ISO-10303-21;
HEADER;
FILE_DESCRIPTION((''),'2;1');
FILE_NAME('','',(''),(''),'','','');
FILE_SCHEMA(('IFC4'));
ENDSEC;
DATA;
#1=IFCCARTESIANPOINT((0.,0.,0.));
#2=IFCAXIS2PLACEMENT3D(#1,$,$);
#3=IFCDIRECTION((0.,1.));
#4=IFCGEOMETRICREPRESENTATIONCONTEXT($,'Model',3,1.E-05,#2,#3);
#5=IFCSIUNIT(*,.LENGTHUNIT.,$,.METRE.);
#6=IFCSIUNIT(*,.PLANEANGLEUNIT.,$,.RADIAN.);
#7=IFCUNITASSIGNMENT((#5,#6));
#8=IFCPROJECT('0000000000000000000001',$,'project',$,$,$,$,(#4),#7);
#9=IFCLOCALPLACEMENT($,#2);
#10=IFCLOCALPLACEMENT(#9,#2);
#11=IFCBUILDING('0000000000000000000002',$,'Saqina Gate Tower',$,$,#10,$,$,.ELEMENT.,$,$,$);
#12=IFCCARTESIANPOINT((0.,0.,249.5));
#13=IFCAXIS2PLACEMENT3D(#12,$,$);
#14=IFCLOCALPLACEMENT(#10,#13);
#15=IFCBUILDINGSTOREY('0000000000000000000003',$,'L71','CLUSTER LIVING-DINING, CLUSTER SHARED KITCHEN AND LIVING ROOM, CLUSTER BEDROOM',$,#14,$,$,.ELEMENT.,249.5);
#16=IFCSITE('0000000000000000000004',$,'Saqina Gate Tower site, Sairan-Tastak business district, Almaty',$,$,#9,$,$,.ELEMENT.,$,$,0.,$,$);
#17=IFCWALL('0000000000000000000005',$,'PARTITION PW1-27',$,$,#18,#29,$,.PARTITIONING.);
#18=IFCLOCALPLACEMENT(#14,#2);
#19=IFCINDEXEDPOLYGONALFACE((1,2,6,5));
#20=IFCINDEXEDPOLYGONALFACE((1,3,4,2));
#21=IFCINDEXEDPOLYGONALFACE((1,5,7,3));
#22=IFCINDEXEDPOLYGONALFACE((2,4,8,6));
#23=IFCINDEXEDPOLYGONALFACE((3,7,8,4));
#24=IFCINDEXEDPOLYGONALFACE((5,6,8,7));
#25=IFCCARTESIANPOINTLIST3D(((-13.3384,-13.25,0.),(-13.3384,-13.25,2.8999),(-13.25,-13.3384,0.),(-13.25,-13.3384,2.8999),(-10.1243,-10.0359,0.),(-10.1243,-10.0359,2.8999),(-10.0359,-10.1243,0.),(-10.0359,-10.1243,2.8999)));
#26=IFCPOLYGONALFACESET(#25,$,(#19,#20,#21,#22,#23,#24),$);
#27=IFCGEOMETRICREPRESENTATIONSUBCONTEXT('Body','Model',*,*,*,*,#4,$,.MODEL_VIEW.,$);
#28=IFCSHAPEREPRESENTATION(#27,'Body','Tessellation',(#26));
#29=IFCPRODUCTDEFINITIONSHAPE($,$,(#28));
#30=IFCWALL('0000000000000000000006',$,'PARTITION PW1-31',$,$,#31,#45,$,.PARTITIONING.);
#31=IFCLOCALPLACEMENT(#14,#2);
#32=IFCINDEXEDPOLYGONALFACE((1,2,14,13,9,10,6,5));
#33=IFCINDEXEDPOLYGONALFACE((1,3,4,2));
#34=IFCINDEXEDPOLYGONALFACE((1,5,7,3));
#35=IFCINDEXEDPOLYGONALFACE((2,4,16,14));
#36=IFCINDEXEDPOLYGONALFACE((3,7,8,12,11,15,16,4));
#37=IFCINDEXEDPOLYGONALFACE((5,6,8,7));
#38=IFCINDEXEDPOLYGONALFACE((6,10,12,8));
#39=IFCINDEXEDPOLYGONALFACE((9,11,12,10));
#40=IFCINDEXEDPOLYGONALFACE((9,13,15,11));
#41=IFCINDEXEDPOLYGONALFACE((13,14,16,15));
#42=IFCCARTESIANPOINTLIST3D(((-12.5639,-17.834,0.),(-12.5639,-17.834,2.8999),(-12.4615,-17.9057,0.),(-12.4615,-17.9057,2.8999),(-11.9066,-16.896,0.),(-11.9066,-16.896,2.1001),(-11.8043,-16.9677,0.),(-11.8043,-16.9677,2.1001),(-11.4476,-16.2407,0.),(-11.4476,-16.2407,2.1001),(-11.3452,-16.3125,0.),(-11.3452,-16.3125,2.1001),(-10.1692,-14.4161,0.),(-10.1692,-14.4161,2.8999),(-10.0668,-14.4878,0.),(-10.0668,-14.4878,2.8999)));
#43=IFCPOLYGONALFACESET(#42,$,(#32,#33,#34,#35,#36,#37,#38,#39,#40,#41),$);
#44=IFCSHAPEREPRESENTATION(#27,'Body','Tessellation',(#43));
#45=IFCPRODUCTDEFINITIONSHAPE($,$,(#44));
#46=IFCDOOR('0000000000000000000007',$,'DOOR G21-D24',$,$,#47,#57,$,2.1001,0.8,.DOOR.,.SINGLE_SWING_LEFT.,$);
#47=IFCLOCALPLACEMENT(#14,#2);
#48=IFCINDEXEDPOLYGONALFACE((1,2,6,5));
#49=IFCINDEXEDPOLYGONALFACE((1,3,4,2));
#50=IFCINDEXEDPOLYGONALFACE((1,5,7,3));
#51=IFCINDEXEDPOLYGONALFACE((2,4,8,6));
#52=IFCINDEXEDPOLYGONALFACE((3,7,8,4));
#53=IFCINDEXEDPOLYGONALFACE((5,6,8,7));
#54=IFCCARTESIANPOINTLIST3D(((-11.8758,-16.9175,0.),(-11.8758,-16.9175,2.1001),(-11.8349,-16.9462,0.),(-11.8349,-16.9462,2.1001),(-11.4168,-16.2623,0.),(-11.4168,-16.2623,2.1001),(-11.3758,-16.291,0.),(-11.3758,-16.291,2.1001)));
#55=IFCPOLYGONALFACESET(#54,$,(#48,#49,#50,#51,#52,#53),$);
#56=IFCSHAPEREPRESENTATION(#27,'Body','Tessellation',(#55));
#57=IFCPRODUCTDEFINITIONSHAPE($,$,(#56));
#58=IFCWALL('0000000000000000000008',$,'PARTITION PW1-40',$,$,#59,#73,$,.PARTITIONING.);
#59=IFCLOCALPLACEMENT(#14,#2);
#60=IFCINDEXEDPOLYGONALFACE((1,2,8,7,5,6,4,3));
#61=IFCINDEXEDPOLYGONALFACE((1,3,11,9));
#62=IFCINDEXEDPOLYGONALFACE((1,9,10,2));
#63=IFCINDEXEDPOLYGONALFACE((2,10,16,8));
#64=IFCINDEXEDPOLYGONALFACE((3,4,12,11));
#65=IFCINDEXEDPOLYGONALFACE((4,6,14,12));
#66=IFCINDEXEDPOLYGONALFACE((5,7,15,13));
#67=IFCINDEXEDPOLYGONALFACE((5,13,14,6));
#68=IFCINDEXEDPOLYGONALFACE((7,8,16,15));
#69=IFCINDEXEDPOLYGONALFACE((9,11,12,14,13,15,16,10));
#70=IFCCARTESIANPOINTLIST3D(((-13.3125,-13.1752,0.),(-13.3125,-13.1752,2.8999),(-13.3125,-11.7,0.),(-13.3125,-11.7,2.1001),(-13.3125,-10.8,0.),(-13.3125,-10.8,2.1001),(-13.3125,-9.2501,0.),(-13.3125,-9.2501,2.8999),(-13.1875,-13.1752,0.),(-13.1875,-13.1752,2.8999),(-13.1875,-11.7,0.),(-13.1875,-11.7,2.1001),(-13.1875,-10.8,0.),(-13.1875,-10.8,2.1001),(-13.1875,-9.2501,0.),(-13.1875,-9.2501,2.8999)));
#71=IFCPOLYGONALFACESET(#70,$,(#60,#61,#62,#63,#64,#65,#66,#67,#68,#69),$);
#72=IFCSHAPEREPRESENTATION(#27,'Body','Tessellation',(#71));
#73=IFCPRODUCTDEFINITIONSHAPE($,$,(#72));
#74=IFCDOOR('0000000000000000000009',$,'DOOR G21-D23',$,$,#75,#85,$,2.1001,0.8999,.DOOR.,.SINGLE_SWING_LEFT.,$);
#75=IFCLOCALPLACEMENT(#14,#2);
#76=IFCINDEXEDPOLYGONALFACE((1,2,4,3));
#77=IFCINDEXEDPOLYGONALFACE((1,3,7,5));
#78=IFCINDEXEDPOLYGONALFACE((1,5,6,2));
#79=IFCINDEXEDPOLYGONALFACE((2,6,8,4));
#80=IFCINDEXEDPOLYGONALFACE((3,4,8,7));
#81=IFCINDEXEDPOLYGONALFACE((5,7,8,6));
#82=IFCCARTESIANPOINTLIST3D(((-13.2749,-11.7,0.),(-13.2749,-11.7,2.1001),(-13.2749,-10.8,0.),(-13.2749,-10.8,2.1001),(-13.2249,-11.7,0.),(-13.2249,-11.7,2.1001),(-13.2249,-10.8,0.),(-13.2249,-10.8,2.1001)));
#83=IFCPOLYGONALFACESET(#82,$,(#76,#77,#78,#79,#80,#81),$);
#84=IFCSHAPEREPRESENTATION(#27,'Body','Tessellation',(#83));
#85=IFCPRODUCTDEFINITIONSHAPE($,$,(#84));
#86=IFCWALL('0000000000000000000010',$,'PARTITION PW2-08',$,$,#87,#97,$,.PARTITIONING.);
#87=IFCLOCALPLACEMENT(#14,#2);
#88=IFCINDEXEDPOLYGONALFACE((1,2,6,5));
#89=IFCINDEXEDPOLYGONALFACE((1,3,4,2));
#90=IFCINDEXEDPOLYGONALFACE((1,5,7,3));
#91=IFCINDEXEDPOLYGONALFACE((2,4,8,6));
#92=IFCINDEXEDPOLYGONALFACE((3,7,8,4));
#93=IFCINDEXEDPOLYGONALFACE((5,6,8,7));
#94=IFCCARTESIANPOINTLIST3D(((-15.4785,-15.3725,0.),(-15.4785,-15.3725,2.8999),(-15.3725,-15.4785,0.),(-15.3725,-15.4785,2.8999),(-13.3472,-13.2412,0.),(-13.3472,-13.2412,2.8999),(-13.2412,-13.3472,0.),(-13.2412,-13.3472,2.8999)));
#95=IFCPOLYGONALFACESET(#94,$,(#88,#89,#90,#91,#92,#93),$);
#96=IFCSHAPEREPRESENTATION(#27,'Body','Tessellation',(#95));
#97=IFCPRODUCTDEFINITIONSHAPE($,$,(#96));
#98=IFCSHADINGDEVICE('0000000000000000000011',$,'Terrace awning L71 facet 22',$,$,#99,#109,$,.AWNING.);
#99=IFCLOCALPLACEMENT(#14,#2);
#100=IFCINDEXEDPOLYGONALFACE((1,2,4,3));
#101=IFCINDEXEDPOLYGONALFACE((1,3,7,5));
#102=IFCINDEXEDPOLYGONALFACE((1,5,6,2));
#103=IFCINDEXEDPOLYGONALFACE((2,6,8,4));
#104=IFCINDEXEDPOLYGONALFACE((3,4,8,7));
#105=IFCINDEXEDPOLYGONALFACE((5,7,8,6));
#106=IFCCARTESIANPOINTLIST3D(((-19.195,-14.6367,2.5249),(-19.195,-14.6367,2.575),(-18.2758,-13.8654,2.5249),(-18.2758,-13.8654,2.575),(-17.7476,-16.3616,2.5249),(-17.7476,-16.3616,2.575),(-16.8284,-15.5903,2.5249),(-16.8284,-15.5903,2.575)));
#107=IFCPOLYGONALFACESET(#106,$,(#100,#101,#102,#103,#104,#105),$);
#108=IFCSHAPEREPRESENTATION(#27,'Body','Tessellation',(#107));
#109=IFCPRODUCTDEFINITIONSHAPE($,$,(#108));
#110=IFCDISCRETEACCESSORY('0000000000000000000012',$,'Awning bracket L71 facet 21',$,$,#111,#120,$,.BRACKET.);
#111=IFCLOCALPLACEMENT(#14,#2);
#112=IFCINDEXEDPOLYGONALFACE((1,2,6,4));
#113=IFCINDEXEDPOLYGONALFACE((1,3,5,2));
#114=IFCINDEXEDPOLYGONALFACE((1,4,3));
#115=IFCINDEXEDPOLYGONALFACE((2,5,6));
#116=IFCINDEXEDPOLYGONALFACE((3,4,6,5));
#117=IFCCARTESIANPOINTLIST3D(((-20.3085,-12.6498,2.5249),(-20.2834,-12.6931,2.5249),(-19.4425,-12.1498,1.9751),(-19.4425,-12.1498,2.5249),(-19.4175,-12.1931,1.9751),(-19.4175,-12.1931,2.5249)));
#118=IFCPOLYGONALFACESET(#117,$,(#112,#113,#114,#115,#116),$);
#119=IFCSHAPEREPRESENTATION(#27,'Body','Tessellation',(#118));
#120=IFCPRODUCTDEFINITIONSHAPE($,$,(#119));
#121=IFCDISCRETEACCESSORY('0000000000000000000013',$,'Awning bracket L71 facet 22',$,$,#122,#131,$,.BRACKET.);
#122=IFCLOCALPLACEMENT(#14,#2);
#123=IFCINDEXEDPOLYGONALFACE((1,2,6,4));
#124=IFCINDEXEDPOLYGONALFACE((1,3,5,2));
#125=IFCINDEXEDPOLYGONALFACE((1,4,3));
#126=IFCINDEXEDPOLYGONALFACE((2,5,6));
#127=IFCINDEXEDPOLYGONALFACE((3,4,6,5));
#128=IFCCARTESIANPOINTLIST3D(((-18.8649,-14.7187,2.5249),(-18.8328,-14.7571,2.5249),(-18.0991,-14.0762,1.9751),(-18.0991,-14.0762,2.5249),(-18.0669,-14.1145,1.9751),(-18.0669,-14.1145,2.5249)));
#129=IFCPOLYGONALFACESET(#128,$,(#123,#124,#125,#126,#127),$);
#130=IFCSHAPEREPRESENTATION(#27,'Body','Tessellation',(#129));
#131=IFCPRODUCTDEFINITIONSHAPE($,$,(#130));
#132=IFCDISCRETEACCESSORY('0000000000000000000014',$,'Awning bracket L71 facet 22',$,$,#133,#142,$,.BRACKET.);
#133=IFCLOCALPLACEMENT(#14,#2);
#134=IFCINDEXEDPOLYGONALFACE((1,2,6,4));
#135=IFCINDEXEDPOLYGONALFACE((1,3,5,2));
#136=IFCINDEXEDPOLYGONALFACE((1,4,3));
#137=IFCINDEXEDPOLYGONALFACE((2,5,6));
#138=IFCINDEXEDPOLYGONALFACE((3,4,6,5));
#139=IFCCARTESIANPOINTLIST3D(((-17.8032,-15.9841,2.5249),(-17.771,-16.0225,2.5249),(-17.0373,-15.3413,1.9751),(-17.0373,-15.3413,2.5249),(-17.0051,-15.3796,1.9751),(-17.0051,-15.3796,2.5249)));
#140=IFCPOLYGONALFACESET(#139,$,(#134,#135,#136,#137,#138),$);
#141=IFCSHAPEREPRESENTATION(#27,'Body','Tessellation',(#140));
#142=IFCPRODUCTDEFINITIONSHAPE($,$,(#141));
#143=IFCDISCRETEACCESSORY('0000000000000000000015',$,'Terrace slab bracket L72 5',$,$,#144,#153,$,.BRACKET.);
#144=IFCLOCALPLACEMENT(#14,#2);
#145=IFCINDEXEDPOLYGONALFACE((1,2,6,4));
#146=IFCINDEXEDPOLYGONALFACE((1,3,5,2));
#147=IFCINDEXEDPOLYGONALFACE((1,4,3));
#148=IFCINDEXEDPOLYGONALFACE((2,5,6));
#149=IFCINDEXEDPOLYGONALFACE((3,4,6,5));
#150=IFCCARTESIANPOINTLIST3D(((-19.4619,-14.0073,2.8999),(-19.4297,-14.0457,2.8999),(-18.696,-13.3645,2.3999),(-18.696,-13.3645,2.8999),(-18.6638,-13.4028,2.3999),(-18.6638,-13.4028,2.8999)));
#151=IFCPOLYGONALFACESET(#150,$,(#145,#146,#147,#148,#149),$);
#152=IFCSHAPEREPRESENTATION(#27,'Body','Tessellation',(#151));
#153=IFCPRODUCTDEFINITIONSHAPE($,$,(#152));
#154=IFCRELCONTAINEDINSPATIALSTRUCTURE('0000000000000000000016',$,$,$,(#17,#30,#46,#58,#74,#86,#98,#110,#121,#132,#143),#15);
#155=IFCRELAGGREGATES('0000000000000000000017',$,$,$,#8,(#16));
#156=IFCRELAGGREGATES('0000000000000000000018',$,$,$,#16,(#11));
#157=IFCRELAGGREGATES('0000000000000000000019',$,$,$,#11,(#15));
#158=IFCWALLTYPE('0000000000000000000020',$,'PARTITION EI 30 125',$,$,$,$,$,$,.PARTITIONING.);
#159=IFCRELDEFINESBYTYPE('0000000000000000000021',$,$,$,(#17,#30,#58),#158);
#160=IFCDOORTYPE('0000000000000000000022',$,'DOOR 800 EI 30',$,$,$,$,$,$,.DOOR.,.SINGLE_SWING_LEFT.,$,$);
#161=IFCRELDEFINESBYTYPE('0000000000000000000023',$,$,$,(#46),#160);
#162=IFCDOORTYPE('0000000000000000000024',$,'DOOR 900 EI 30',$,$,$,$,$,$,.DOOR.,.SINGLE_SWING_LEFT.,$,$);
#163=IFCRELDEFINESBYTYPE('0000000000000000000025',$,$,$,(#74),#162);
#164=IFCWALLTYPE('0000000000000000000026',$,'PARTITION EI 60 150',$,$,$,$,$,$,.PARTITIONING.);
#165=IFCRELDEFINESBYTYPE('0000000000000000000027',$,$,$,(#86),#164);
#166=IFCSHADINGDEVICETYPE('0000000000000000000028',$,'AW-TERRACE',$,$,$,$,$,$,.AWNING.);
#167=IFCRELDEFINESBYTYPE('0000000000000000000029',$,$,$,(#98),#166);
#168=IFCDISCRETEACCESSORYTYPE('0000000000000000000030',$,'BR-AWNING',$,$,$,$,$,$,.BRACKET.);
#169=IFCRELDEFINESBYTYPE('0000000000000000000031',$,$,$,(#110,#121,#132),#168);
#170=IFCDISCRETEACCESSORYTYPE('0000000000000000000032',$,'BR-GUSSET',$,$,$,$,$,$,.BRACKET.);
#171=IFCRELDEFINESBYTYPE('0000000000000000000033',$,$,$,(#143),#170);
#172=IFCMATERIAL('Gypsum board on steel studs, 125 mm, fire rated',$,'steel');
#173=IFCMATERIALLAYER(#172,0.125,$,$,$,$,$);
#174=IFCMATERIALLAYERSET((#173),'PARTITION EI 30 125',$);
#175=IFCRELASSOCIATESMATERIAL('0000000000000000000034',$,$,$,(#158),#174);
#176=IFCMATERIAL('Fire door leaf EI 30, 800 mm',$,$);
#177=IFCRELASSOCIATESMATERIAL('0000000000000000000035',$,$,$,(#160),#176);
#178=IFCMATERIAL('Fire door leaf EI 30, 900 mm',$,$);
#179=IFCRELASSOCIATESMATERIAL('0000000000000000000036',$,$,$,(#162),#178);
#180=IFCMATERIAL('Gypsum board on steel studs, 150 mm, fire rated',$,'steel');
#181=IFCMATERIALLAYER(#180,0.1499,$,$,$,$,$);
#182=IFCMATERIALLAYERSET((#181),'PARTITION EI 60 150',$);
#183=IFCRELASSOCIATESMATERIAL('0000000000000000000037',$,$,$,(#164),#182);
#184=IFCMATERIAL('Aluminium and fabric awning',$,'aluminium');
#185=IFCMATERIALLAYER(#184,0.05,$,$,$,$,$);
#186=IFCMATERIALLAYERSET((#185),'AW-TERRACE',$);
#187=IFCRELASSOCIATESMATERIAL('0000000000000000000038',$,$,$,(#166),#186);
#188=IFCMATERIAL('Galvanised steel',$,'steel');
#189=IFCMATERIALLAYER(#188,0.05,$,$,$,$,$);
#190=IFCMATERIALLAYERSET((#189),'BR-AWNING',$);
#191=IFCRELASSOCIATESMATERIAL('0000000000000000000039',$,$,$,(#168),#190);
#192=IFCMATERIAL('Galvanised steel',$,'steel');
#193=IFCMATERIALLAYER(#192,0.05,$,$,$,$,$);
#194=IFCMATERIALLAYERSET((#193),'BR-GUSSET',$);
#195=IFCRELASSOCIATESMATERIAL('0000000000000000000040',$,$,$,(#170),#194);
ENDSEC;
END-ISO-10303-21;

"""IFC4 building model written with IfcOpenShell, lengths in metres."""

from ifc_helpers import new_model, si_unit, direction, frame, frame_2d, origin, origin_2d, place, context, subcontext, project, spatial, polyline, rectangle, outline, extrude, material, layer, layer_set, type_object, element, fill, save


model = new_model("IFC4")

# Units and contexts
model_context = context("Model", 3, precision=1e-05, world=origin(), true_north=direction((0.0, 1.0)))
body_context = subcontext(model_context, "Body", "Model", "MODEL_VIEW")
ifc_project = project(units=[si_unit("LENGTHUNIT", "METRE"), si_unit("PLANEANGLEUNIT", "RADIAN")], contexts=[model_context])

# Site, building, storey
site_placement = place(None, origin())
site = spatial("IfcSite", under=ifc_project, at=site_placement, Name="Saqina Gate Tower site, Sairan-Tastak business district, Almaty", CompositionType="ELEMENT", RefElevation=0.0)
building_placement = place(site_placement, origin())
building = spatial("IfcBuilding", under=site, at=building_placement, Name="Saqina Gate Tower", CompositionType="ELEMENT")
storey_placement = place(building_placement, frame((0.0, 0.0, 249.5)))
storey = spatial("IfcBuildingStorey", under=building, at=storey_placement, Name="L71", Description="CLUSTER LIVING-DINING, CLUSTER SHARED KITCHEN AND LIVING ROOM, CLUSTER BEDROOM", CompositionType="ELEMENT", Elevation=249.5)

# Wall
ifc_material_1 = material(Name="Gypsum board on steel studs, 125 mm, fire rated", Category="steel")
ifc_layer_1 = layer(ifc_material_1, 0.125)
ifc_layer_set_1 = layer_set([ifc_layer_1], Name="PARTITION EI 30 125")
wall_type_1 = type_object("IfcWallType", Name="PARTITION EI 30 125", PredefinedType="PARTITIONING", material=ifc_layer_set_1)
wall_1_placement = place(storey_placement, frame((-13.2942, -13.2942, 0.0), z_axis=(0.0, 0.0, 1.0), x_axis=(0.707107, 0.707107, 0.0)))
element("IfcWall", 1, at=wall_1_placement, inside=storey, type_object=wall_type_1, Name="PARTITION PW1-27", PredefinedType="PARTITIONING", context=body_context, shape_type="SweptSolid", body=[
    extrude(rectangle(XDim=4.5454, YDim=0.125, at=frame_2d((2.2727, 0.0))), origin(), (0.0, 0.0, 1.0), 2.8999),
])

# Walls, openings, doors
wall_2_placement = place(storey_placement, frame((-12.5127, -17.8699, 0.0), z_axis=(0.0, 0.0, 1.0), x_axis=(0.573816, 0.818985, 0.0)))
wall_2 = element("IfcWall", 2, at=wall_2_placement, inside=storey, type_object=wall_type_1, Name="PARTITION PW1-31", PredefinedType="PARTITIONING", context=body_context, shape_type="SweptSolid", body=[
    extrude(rectangle(XDim=4.1733, YDim=0.125, at=frame_2d((2.0867, 0.0))), origin(), (0.0, 0.0, 1.0), 2.8999),
])
opening_1_placement = place(wall_2_placement, frame((1.1455, 0.0, 0.0)))
opening_1 = element("IfcOpeningElement", 3, at=opening_1_placement, cuts=wall_2, PredefinedType="OPENING", context=body_context, shape_type="SweptSolid", body=[
    extrude(rectangle(XDim=0.8, YDim=2.1001, at=frame_2d((0.3999, 1.05))), frame((0.0, 0.0745, 0.0), z_axis=(0.0, -1.0, 0.0), x_axis=(1.0, 0.0, 0.0)), (0.0, 0.0, 1.0), 0.1489),
])
ifc_material_2 = material(Name="Fire door leaf EI 30, 800 mm")
door_type_1 = type_object("IfcDoorType", Name="DOOR 800 EI 30", OperationType="SINGLE_SWING_LEFT", PredefinedType="DOOR", material=ifc_material_2)
door_1_placement = place(opening_1_placement, origin())
door_1 = element("IfcDoor", 4, at=door_1_placement, inside=storey, type_object=door_type_1, Name="DOOR G21-D24", OperationType="SINGLE_SWING_LEFT", OverallHeight=2.1001, OverallWidth=0.8, PredefinedType="DOOR", context=body_context, shape_type="SweptSolid", body=[
    extrude(rectangle(XDim=0.8, YDim=2.1001, at=frame_2d((0.3999, 1.05))), frame((0.0, 0.0249, 0.0), z_axis=(0.0, -1.0, 0.0), x_axis=(1.0, 0.0, 0.0)), (0.0, 0.0, 1.0), 0.05),
])
fill(opening_1, door_1)
wall_3_placement = place(storey_placement, frame((-13.25, -13.175, 0.0), z_axis=(0.0, 0.0, 1.0), x_axis=(0.0, 1.0, 0.0)))
wall_3 = element("IfcWall", 5, at=wall_3_placement, inside=storey, type_object=wall_type_1, Name="PARTITION PW1-40", PredefinedType="PARTITIONING", context=body_context, shape_type="SweptSolid", body=[
    extrude(rectangle(XDim=3.925, YDim=0.125, at=frame_2d((1.9624, 0.0))), origin(), (0.0, 0.0, 1.0), 2.8999),
])
opening_2_placement = place(wall_3_placement, frame((1.4751, 0.0, 0.0)))
opening_2 = element("IfcOpeningElement", 6, at=opening_2_placement, cuts=wall_3, PredefinedType="OPENING", context=body_context, shape_type="SweptSolid", body=[
    extrude(rectangle(XDim=0.8999, YDim=2.1001, at=frame_2d((0.45, 1.05))), frame((0.0, 0.0745, 0.0), z_axis=(0.0, -1.0, 0.0), x_axis=(1.0, 0.0, 0.0)), (0.0, 0.0, 1.0), 0.1489),
])
ifc_material_3 = material(Name="Fire door leaf EI 30, 900 mm")
door_type_2 = type_object("IfcDoorType", Name="DOOR 900 EI 30", OperationType="SINGLE_SWING_LEFT", PredefinedType="DOOR", material=ifc_material_3)
door_2_placement = place(opening_2_placement, origin())
door_2 = element("IfcDoor", 7, at=door_2_placement, inside=storey, type_object=door_type_2, Name="DOOR G21-D23", OperationType="SINGLE_SWING_LEFT", OverallHeight=2.1001, OverallWidth=0.8999, PredefinedType="DOOR", context=body_context, shape_type="SweptSolid", body=[
    extrude(rectangle(XDim=0.8999, YDim=2.1001, at=frame_2d((0.45, 1.05))), frame((0.0, 0.0249, 0.0), z_axis=(0.0, -1.0, 0.0), x_axis=(1.0, 0.0, 0.0)), (0.0, 0.0, 1.0), 0.05),
])
fill(opening_2, door_2)

# Wall
ifc_material_4 = material(Name="Gypsum board on steel studs, 150 mm, fire rated", Category="steel")
ifc_layer_2 = layer(ifc_material_4, 0.1499)
ifc_layer_set_2 = layer_set([ifc_layer_2], Name="PARTITION EI 60 150")
wall_type_2 = type_object("IfcWallType", Name="PARTITION EI 60 150", PredefinedType="PARTITIONING", material=ifc_layer_set_2)
wall_4_placement = place(storey_placement, frame((-15.4255, -15.4255, 0.0), z_axis=(0.0, 0.0, 1.0), x_axis=(0.707107, 0.707107, 0.0)))
element("IfcWall", 8, at=wall_4_placement, inside=storey, type_object=wall_type_2, Name="PARTITION PW2-08", PredefinedType="PARTITIONING", context=body_context, shape_type="SweptSolid", body=[
    extrude(rectangle(XDim=3.0142, YDim=0.1499, at=frame_2d((1.5071, 0.0))), origin(), (0.0, 0.0, 1.0), 2.8999),
])

# Shading device
ifc_material_5 = material(Name="Aluminium and fabric awning", Category="aluminium")
ifc_layer_3 = layer(ifc_material_5, 0.05)
ifc_layer_set_3 = layer_set([ifc_layer_3], Name="AW-TERRACE")
shading_device_type = type_object("IfcShadingDeviceType", Name="AW-TERRACE", PredefinedType="AWNING", material=ifc_layer_set_3)
shading_device_placement = place(storey_placement, frame((-18.0117, -15.1135, 2.5249), z_axis=(0.0, 0.0, 1.0), x_axis=(0.642788, -0.766044, 0.0)))
element("IfcShadingDevice", 9, at=shading_device_placement, inside=storey, type_object=shading_device_type, Name="Terrace awning L71 facet 22", PredefinedType="AWNING", context=body_context, shape_type="SweptSolid", body=[
    extrude(rectangle(XDim=2.2517, YDim=1.2, at=origin_2d()), origin(), (0.0, 0.0, 1.0), 0.05),
])

# Discrete accessories
ifc_material_6 = material(Name="Galvanised steel", Category="steel")
ifc_layer_4 = layer(ifc_material_6, 0.05)
ifc_layer_set_4 = layer_set([ifc_layer_4], Name="BR-AWNING")
discrete_accessory_type_1 = type_object("IfcDiscreteAccessoryType", Name="BR-AWNING", PredefinedType="BRACKET", material=ifc_layer_set_4)
discrete_accessory_1_placement = place(storey_placement, frame((-19.4175, -12.1931, 1.9751), z_axis=(0.500025, -0.866011, 0.0), x_axis=(0.0, 0.0, 1.0)))
element("IfcDiscreteAccessory", 10, at=discrete_accessory_1_placement, inside=storey, type_object=discrete_accessory_type_1, Name="Awning bracket L71 facet 21", PredefinedType="BRACKET", context=body_context, shape_type="SweptSolid", body=[
    extrude(outline(polyline([(0.0, 0.0), (0.5498, 0.0), (0.5498, 0.9999), (0.0, 0.0)])), origin(), (0.0, 0.0, -1.0), 0.05),
])
discrete_accessory_2_placement = place(storey_placement, frame((-18.0669, -14.1145, 1.9751), z_axis=(0.642751, -0.766075, 0.0), x_axis=(0.0, 0.0, 1.0)))
element("IfcDiscreteAccessory", 11, at=discrete_accessory_2_placement, inside=storey, type_object=discrete_accessory_type_1, Name="Awning bracket L71 facet 22", PredefinedType="BRACKET", context=body_context, shape_type="SweptSolid", body=[
    extrude(outline(polyline([(0.0, 0.0), (0.5498, 0.0), (0.5498, 0.9997), (0.0, 0.0)])), origin(), (0.0, 0.0, -1.0), 0.05),
])
discrete_accessory_3_placement = place(storey_placement, frame((-17.0051, -15.3796, 1.9751), z_axis=(0.642894, -0.765955, 0.0), x_axis=(0.0, 0.0, 1.0)))
element("IfcDiscreteAccessory", 12, at=discrete_accessory_3_placement, inside=storey, type_object=discrete_accessory_type_1, Name="Awning bracket L71 facet 22", PredefinedType="BRACKET", context=body_context, shape_type="SweptSolid", body=[
    extrude(outline(polyline([(0.0, 0.0), (0.5498, 0.0), (0.5498, 0.9999), (0.0, 0.0)])), origin(), (0.0, 0.0, -1.0), 0.05),
])
ifc_material_7 = material(Name="Galvanised steel", Category="steel")
ifc_layer_5 = layer(ifc_material_7, 0.05)
ifc_layer_set_5 = layer_set([ifc_layer_5], Name="BR-GUSSET")
discrete_accessory_type_2 = type_object("IfcDiscreteAccessoryType", Name="BR-GUSSET", PredefinedType="BRACKET", material=ifc_layer_set_5)
discrete_accessory_4_placement = place(storey_placement, frame((-18.6638, -13.4028, 2.3999), z_axis=(0.642894, -0.765955, 0.0), x_axis=(0.0, 0.0, 1.0)))
element("IfcDiscreteAccessory", 13, at=discrete_accessory_4_placement, inside=storey, type_object=discrete_accessory_type_2, Name="Terrace slab bracket L72 5", PredefinedType="BRACKET", context=body_context, shape_type="SweptSolid", body=[
    extrude(outline(polyline([(0.0, 0.0), (0.5, 0.0), (0.5, 0.9999), (0.0, 0.0)])), origin(), (0.0, 0.0, -1.0), 0.05),
])

save(model, "model.ifc")
